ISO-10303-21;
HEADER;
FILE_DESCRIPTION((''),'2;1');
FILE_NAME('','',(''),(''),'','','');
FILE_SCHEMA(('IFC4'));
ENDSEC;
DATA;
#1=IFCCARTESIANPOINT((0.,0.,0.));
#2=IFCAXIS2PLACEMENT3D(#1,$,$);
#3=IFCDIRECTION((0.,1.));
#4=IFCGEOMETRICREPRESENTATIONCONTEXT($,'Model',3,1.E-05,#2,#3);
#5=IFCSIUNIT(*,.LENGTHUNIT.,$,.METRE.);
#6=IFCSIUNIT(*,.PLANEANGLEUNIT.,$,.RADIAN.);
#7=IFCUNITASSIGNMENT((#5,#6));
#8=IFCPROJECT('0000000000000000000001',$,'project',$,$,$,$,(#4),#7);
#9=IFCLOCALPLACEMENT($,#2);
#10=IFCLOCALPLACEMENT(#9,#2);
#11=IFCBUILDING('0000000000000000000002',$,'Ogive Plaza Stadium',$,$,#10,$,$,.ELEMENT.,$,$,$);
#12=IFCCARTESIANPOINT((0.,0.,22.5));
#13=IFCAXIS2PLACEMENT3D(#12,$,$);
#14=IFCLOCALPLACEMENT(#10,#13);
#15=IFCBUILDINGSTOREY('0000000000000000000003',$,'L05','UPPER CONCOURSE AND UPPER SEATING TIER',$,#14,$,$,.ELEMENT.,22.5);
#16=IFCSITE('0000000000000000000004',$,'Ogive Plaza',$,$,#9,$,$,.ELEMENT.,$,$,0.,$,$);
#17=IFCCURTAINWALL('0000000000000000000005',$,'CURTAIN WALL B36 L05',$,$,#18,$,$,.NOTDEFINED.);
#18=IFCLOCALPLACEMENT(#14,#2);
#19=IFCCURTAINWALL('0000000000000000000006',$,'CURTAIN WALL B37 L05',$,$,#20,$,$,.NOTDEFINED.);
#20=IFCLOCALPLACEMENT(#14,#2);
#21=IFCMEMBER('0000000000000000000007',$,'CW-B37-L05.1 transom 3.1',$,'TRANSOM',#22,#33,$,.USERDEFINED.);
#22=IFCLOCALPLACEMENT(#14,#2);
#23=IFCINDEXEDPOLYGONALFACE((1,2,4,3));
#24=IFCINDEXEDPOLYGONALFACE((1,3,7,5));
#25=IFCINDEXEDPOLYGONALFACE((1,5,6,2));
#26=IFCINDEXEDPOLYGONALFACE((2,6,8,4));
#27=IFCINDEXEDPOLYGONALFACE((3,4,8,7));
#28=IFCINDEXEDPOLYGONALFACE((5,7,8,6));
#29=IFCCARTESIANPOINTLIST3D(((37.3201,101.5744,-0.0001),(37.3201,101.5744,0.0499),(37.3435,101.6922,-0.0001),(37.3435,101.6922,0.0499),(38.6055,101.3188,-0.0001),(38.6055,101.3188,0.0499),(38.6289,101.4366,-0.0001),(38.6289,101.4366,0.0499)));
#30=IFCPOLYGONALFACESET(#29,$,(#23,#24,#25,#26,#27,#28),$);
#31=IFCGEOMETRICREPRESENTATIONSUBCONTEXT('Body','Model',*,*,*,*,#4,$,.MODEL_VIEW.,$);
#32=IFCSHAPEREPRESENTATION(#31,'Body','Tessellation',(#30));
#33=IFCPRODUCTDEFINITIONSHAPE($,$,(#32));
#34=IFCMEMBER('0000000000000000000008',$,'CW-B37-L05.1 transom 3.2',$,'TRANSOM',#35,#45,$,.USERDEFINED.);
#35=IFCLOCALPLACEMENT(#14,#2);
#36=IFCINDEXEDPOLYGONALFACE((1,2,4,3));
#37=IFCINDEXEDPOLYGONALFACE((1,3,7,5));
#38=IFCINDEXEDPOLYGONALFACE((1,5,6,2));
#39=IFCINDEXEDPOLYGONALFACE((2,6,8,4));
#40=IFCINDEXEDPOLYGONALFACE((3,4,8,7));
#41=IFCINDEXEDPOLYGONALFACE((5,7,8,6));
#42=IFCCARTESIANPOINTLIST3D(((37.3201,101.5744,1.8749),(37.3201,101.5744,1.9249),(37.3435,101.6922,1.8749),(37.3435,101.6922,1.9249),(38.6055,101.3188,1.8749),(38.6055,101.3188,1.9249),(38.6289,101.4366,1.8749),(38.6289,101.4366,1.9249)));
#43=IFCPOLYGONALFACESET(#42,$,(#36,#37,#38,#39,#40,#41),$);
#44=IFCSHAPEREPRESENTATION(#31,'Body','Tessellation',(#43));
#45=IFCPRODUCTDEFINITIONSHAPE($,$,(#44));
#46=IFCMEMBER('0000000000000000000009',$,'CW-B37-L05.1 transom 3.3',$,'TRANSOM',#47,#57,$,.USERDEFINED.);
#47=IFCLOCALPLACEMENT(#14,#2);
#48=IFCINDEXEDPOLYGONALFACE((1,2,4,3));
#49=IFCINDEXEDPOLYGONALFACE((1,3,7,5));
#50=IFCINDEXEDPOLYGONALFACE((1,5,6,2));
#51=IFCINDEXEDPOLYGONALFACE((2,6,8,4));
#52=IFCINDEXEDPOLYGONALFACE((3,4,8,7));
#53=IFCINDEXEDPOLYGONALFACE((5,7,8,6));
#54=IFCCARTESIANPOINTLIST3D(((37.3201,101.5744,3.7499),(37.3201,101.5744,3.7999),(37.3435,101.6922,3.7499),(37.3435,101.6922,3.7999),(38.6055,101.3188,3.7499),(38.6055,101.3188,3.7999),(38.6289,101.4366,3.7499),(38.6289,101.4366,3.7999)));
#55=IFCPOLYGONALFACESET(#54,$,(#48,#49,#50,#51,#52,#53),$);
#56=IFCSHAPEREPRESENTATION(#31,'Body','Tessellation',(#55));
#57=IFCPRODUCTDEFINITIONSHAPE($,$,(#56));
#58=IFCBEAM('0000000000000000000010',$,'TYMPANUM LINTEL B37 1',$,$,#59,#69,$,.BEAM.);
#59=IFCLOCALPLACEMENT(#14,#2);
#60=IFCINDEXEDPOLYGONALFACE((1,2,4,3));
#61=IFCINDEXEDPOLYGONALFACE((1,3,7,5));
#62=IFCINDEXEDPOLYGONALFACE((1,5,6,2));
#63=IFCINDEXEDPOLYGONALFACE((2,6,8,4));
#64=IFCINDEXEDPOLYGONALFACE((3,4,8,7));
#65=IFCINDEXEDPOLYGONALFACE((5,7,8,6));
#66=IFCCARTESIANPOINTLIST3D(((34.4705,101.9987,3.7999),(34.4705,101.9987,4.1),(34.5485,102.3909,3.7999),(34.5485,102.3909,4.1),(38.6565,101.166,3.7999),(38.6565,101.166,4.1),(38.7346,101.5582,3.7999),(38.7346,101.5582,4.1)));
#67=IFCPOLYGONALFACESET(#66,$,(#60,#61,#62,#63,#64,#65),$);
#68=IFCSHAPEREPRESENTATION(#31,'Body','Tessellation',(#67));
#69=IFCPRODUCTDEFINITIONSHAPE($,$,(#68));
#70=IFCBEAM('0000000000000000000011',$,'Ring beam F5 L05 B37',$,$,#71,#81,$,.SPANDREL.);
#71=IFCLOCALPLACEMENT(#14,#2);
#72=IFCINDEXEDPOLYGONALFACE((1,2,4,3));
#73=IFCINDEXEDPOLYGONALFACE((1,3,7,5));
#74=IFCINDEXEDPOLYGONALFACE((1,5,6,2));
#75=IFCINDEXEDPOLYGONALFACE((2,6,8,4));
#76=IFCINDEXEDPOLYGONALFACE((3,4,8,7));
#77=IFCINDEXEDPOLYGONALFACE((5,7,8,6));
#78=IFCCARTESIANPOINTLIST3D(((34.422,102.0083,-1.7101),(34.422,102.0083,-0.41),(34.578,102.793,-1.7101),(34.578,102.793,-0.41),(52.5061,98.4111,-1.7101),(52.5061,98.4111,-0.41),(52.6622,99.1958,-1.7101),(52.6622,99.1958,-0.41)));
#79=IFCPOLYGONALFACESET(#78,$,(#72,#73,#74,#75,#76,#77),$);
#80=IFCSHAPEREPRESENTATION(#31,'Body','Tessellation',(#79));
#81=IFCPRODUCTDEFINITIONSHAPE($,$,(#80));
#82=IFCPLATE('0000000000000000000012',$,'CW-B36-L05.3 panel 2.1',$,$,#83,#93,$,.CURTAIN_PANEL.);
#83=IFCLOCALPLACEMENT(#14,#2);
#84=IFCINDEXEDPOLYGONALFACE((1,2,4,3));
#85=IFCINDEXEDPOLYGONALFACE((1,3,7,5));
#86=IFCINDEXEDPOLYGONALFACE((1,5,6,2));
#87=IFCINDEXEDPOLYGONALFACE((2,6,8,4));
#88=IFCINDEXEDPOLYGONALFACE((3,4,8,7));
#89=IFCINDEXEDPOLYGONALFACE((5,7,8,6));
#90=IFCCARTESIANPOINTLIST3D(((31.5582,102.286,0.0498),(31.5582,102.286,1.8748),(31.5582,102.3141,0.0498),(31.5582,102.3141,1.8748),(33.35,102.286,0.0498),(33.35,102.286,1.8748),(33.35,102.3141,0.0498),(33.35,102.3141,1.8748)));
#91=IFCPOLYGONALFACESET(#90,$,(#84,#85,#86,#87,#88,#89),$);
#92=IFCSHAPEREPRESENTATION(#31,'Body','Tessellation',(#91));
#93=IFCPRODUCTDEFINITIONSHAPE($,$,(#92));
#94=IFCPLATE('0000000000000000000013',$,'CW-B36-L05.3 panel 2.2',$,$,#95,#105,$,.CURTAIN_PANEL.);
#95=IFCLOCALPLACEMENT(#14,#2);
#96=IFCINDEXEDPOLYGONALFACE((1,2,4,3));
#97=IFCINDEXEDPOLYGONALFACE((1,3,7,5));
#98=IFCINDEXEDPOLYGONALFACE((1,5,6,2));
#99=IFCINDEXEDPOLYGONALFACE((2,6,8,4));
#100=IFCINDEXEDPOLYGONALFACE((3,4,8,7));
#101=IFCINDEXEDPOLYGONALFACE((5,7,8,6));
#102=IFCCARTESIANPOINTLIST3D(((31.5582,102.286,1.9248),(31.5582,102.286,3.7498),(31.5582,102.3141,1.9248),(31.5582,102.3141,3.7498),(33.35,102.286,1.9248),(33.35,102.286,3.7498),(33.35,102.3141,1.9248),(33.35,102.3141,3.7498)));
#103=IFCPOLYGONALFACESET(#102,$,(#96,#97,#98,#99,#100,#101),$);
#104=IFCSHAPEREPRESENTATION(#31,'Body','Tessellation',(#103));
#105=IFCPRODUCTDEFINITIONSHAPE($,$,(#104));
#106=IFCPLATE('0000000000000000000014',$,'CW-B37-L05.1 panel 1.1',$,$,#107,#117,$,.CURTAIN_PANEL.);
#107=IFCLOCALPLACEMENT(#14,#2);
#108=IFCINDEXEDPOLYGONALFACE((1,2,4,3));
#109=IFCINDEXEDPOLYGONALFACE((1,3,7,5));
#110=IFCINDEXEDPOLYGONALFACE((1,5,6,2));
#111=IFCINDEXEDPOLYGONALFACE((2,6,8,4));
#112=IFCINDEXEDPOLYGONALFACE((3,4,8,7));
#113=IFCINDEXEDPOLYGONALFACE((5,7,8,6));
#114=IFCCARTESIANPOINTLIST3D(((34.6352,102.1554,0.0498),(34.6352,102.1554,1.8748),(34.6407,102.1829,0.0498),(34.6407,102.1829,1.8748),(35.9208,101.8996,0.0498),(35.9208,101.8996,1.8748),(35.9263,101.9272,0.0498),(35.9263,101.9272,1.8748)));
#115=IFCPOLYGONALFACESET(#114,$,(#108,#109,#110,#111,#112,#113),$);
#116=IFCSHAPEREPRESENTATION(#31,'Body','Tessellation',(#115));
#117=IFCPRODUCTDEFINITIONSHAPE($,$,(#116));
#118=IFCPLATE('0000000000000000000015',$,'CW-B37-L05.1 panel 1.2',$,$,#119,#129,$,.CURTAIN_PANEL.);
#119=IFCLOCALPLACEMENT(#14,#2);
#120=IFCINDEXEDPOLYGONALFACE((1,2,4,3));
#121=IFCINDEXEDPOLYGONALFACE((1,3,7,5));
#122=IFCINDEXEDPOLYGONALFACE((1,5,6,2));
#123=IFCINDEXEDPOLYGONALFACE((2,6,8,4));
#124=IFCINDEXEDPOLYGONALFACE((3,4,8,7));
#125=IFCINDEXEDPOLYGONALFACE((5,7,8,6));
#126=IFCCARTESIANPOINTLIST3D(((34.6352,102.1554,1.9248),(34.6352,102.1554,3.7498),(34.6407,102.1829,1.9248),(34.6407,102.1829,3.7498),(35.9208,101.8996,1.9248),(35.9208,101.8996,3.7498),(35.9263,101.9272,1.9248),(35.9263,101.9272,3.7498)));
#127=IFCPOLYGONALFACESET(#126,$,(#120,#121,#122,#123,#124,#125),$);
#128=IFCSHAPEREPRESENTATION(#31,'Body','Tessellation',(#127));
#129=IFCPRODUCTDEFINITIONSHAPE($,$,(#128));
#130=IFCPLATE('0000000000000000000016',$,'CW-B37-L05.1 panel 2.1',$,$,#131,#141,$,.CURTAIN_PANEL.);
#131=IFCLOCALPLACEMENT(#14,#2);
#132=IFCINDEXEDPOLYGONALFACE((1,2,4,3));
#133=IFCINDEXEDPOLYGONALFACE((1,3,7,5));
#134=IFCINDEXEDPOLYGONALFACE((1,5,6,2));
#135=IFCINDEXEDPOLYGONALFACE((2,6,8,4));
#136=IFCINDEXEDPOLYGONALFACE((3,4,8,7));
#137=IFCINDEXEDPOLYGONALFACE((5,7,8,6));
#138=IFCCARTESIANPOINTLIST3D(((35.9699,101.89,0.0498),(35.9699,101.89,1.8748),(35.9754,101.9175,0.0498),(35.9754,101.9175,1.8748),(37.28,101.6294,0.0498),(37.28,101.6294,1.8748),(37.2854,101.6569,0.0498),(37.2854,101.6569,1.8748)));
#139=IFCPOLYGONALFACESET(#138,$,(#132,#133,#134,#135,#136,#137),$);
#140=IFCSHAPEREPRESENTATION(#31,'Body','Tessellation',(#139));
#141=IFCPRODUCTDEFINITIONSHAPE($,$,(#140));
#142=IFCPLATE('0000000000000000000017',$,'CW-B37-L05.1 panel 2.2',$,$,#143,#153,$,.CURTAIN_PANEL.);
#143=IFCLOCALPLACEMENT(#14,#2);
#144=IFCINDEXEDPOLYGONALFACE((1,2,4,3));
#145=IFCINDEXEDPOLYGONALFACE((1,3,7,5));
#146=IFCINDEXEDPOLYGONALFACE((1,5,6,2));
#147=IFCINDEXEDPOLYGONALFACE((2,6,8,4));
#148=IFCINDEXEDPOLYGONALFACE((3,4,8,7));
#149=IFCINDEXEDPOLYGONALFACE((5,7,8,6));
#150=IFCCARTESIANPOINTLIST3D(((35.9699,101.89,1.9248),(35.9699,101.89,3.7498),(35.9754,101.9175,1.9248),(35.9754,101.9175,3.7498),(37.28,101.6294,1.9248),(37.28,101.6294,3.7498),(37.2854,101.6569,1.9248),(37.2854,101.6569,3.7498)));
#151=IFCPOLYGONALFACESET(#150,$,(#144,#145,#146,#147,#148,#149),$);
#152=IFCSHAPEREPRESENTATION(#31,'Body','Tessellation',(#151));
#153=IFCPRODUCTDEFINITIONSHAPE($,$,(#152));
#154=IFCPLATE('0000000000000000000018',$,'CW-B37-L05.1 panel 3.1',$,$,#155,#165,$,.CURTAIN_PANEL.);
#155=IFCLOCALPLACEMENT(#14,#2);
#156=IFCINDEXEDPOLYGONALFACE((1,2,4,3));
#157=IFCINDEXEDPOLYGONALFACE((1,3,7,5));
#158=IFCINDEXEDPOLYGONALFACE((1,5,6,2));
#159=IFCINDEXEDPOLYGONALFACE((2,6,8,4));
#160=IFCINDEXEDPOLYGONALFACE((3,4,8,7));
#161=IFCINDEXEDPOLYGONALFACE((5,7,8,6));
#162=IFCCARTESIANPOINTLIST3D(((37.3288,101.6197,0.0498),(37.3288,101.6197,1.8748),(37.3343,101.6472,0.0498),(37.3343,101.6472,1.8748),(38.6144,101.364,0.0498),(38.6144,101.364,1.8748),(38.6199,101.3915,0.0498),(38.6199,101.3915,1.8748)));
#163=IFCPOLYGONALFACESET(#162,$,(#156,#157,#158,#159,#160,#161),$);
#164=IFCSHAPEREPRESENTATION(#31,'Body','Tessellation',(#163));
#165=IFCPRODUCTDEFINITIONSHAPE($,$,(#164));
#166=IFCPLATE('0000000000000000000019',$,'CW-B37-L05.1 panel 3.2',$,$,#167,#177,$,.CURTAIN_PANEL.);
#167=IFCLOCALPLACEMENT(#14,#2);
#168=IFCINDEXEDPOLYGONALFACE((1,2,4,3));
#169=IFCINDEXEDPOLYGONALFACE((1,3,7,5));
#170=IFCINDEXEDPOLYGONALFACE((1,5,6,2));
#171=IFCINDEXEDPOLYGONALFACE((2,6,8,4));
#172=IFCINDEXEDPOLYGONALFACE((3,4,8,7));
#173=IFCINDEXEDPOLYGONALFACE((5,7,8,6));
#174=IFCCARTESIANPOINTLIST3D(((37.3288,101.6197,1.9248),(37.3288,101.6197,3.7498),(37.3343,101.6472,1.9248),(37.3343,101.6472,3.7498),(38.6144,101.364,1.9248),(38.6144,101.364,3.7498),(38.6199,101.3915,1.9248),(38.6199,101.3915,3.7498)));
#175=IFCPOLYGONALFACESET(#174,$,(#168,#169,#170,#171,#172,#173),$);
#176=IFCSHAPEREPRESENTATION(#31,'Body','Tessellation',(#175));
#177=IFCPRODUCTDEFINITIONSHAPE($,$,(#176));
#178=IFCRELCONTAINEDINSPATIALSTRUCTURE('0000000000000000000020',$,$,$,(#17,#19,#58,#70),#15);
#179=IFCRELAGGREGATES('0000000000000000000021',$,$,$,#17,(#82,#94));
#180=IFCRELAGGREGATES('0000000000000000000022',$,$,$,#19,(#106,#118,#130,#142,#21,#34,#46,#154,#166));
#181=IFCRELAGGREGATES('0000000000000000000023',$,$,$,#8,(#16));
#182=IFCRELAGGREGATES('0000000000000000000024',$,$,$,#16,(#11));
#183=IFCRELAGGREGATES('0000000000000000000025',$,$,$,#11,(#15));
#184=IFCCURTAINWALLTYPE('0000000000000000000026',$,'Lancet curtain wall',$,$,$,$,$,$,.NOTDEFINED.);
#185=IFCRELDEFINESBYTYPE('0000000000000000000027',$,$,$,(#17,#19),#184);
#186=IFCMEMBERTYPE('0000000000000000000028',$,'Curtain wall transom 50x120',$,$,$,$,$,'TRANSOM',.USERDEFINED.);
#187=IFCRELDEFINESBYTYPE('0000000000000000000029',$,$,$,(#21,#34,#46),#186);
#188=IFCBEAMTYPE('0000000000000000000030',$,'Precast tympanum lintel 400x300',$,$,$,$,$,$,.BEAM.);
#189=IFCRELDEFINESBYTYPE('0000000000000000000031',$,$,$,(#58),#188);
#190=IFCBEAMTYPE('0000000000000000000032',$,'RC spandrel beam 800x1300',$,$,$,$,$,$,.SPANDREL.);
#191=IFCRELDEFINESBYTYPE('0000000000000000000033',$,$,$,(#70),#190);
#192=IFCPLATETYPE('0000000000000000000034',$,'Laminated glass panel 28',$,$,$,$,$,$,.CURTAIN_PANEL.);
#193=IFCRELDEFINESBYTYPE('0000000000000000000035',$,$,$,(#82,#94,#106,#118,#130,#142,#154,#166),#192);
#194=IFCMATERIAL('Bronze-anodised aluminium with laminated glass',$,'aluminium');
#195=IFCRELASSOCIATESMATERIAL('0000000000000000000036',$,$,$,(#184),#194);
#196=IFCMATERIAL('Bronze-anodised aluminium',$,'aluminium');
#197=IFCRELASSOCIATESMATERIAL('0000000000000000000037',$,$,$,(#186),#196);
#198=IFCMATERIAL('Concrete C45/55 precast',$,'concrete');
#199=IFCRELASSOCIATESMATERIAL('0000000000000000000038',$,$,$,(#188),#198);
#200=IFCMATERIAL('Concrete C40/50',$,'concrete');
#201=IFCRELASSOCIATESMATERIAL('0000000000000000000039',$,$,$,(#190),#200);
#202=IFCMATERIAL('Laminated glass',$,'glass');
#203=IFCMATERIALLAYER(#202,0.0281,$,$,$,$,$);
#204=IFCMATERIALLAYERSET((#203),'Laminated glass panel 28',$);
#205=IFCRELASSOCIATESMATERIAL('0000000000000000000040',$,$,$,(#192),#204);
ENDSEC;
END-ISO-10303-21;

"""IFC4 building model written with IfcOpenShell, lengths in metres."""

from ifc_helpers import new_model, si_unit, direction, frame, origin, origin_2d, place, context, subcontext, project, spatial, rectangle, extrude, material, layer, layer_set, material_profile, profile_set, type_object, element, aggregate, save


model = new_model("IFC4")

# Units and contexts
model_context = context("Model", 3, precision=1e-05, world=origin(), true_north=direction((0.0, 1.0)))
body_context = subcontext(model_context, "Body", "Model", "MODEL_VIEW")
ifc_project = project(units=[si_unit("LENGTHUNIT", "METRE"), si_unit("PLANEANGLEUNIT", "RADIAN")], contexts=[model_context])

# Site, building, storey
site_placement = place(None, origin())
site = spatial("IfcSite", under=ifc_project, at=site_placement, Name="Ogive Plaza", CompositionType="ELEMENT", RefElevation=0.0)
building_placement = place(site_placement, origin())
building = spatial("IfcBuilding", under=site, at=building_placement, Name="Ogive Plaza Stadium", CompositionType="ELEMENT")
storey_placement = place(building_placement, frame((0.0, 0.0, 22.5)))
storey = spatial("IfcBuildingStorey", under=building, at=storey_placement, Name="L05", Description="UPPER CONCOURSE AND UPPER SEATING TIER", CompositionType="ELEMENT", Elevation=22.5)

# Curtain wall
ifc_material_1 = material(Name="Bronze-anodised aluminium with laminated glass", Category="aluminium")
curtain_wall_type = type_object("IfcCurtainWallType", Name="Lancet curtain wall", PredefinedType="NOTDEFINED", material=ifc_material_1)
curtain_wall_1_placement = place(storey_placement, origin())
curtain_wall_1 = element("IfcCurtainWall", 1, at=curtain_wall_1_placement, inside=storey, type_object=curtain_wall_type, Name="CURTAIN WALL B36 L05", PredefinedType="NOTDEFINED")

# Curtain wall
curtain_wall_2_placement = place(storey_placement, origin())
curtain_wall_2 = element("IfcCurtainWall", 2, at=curtain_wall_2_placement, inside=storey, type_object=curtain_wall_type, Name="CURTAIN WALL B37 L05", PredefinedType="NOTDEFINED")

# Members
ifc_material_2 = material(Name="Bronze-anodised aluminium", Category="aluminium")
ifc_material_profile_1 = material_profile(ifc_material_2, rectangle(XDim=0.1201, YDim=0.05, at=origin_2d()), Name="AL 120x50")
ifc_profile_set_1 = profile_set([ifc_material_profile_1], Name="Bronze-anodised aluminium")
member_type_1 = type_object("IfcMemberType", Name="Curtain wall transom 50x120", ElementType="TRANSOM", PredefinedType="USERDEFINED", material=ifc_profile_set_1)
member_1_placement = place(storey_placement, frame((37.3318, 101.6333, 0.0249), z_axis=(0.980795, -0.195041, 0.0), x_axis=(0.195041, 0.980795, 0.0)))
member_1 = element("IfcMember", 3, at=member_1_placement, type_object=member_type_1, Name="CW-B37-L05.1 transom 3.1", ObjectType="TRANSOM", PredefinedType="USERDEFINED", context=body_context, shape_type="SweptSolid", body=[
    extrude(rectangle(XDim=0.1201, YDim=0.05, at=origin_2d()), origin(), (0.0, 0.0, 1.0), 1.3105),
])
member_2_placement = place(storey_placement, frame((37.3318, 101.6333, 1.8999), z_axis=(0.980795, -0.195041, 0.0), x_axis=(0.195041, 0.980795, 0.0)))
member_2 = element("IfcMember", 4, at=member_2_placement, type_object=member_type_1, Name="CW-B37-L05.1 transom 3.2", ObjectType="TRANSOM", PredefinedType="USERDEFINED", context=body_context, shape_type="SweptSolid", body=[
    extrude(rectangle(XDim=0.1201, YDim=0.05, at=origin_2d()), origin(), (0.0, 0.0, 1.0), 1.3105),
])
member_3_placement = place(storey_placement, frame((37.3318, 101.6333, 3.7749), z_axis=(0.980795, -0.195041, 0.0), x_axis=(0.195041, 0.980795, 0.0)))
member_3 = element("IfcMember", 5, at=member_3_placement, type_object=member_type_1, Name="CW-B37-L05.1 transom 3.3", ObjectType="TRANSOM", PredefinedType="USERDEFINED", context=body_context, shape_type="SweptSolid", body=[
    extrude(rectangle(XDim=0.1201, YDim=0.05, at=origin_2d()), origin(), (0.0, 0.0, 1.0), 1.3105),
])

# Beams
ifc_material_3 = material(Name="Concrete C45/55 precast", Category="concrete")
ifc_material_profile_2 = material_profile(ifc_material_3, rectangle(XDim=0.3999, YDim=0.3, at=origin_2d()), Name="RC 400x300")
ifc_profile_set_2 = profile_set([ifc_material_profile_2], Name="Concrete C45/55 precast")
beam_type_1 = type_object("IfcBeamType", Name="Precast tympanum lintel 400x300", PredefinedType="BEAM", material=ifc_profile_set_2)
beam_1_placement = place(storey_placement, frame((34.5095, 102.1948, 3.95), z_axis=(0.98078, -0.195115, 0.0), x_axis=(0.195115, 0.98078, 0.0)))
element("IfcBeam", 6, at=beam_1_placement, inside=storey, type_object=beam_type_1, Name="TYMPANUM LINTEL B37 1", PredefinedType="BEAM", context=body_context, shape_type="SweptSolid", body=[
    extrude(rectangle(XDim=0.3999, YDim=0.3, at=origin_2d()), origin(), (0.0, 0.0, 1.0), 4.2681),
])
ifc_material_4 = material(Name="Concrete C40/50", Category="concrete")
ifc_material_profile_3 = material_profile(ifc_material_4, rectangle(XDim=0.8, YDim=1.3, at=origin_2d()), Name="RC 800x1300")
ifc_profile_set_3 = profile_set([ifc_material_profile_3], Name="Concrete C40/50")
beam_type_2 = type_object("IfcBeamType", Name="RC spandrel beam 800x1300", PredefinedType="SPANDREL", material=ifc_profile_set_3)
beam_2_placement = place(storey_placement, frame((34.5, 102.4006, -1.0601), z_axis=(0.980785, -0.19509, 0.0), x_axis=(0.19509, 0.980785, 0.0)))
element("IfcBeam", 7, at=beam_2_placement, inside=storey, type_object=beam_type_2, Name="Ring beam F5 L05 B37", PredefinedType="SPANDREL", context=body_context, shape_type="SweptSolid", body=[
    extrude(rectangle(XDim=0.8, YDim=1.3, at=origin_2d()), origin(), (0.0, 0.0, 1.0), 18.4385),
])

# Plates
ifc_material_5 = material(Name="Laminated glass", Category="glass")
ifc_layer_1 = layer(ifc_material_5, 0.0281)
ifc_layer_set_1 = layer_set([ifc_layer_1], Name="Laminated glass panel 28")
plate_type = type_object("IfcPlateType", Name="Laminated glass panel 28", PredefinedType="CURTAIN_PANEL", material=ifc_layer_set_1)
plate_1_placement = place(storey_placement, frame((32.4541, 102.3, 0.0498), z_axis=(0.0, 0.0, 1.0), x_axis=(1.0, 0.0, 0.0)))
plate_1 = element("IfcPlate", 8, at=plate_1_placement, type_object=plate_type, Name="CW-B36-L05.3 panel 2.1", PredefinedType="CURTAIN_PANEL", context=body_context, shape_type="SweptSolid", body=[
    extrude(rectangle(XDim=1.7917, YDim=0.0281, at=origin_2d()), origin(), (0.0, 0.0, 1.0), 1.825),
])
plate_2_placement = place(storey_placement, frame((32.4541, 102.3, 1.9248), z_axis=(0.0, 0.0, 1.0), x_axis=(1.0, 0.0, 0.0)))
plate_2 = element("IfcPlate", 9, at=plate_2_placement, type_object=plate_type, Name="CW-B36-L05.3 panel 2.2", PredefinedType="CURTAIN_PANEL", context=body_context, shape_type="SweptSolid", body=[
    extrude(rectangle(XDim=1.7917, YDim=0.0281, at=origin_2d()), origin(), (0.0, 0.0, 1.0), 1.825),
])
aggregate(curtain_wall_1, [plate_1, plate_2])
plate_3_placement = place(storey_placement, frame((35.2808, 102.0413, 0.0498), z_axis=(0.0, 0.0, 1.0), x_axis=(0.980785, -0.19509, 0.0)))
plate_3 = element("IfcPlate", 10, at=plate_3_placement, type_object=plate_type, Name="CW-B37-L05.1 panel 1.1", PredefinedType="CURTAIN_PANEL", context=body_context, shape_type="SweptSolid", body=[
    extrude(rectangle(XDim=1.3108, YDim=0.0281, at=origin_2d()), origin(), (0.0, 0.0, 1.0), 1.825),
])
plate_4_placement = place(storey_placement, frame((35.2808, 102.0413, 1.9248), z_axis=(0.0, 0.0, 1.0), x_axis=(0.980785, -0.19509, 0.0)))
plate_4 = element("IfcPlate", 11, at=plate_4_placement, type_object=plate_type, Name="CW-B37-L05.1 panel 1.2", PredefinedType="CURTAIN_PANEL", context=body_context, shape_type="SweptSolid", body=[
    extrude(rectangle(XDim=1.3108, YDim=0.0281, at=origin_2d()), origin(), (0.0, 0.0, 1.0), 1.825),
])
plate_5_placement = place(storey_placement, frame((36.6277, 101.7734, 0.0498), z_axis=(0.0, 0.0, 1.0), x_axis=(0.980785, -0.19509, 0.0)))
plate_5 = element("IfcPlate", 12, at=plate_5_placement, type_object=plate_type, Name="CW-B37-L05.1 panel 2.1", PredefinedType="CURTAIN_PANEL", context=body_context, shape_type="SweptSolid", body=[
    extrude(rectangle(XDim=1.3357, YDim=0.0281, at=origin_2d()), origin(), (0.0, 0.0, 1.0), 1.825),
])
plate_6_placement = place(storey_placement, frame((36.6277, 101.7734, 1.9248), z_axis=(0.0, 0.0, 1.0), x_axis=(0.980785, -0.19509, 0.0)))
plate_6 = element("IfcPlate", 13, at=plate_6_placement, type_object=plate_type, Name="CW-B37-L05.1 panel 2.2", PredefinedType="CURTAIN_PANEL", context=body_context, shape_type="SweptSolid", body=[
    extrude(rectangle(XDim=1.3357, YDim=0.0281, at=origin_2d()), origin(), (0.0, 0.0, 1.0), 1.825),
])
plate_7_placement = place(storey_placement, frame((37.9744, 101.5056, 0.0498), z_axis=(0.0, 0.0, 1.0), x_axis=(0.980785, -0.19509, 0.0)))
plate_7 = element("IfcPlate", 14, at=plate_7_placement, type_object=plate_type, Name="CW-B37-L05.1 panel 3.1", PredefinedType="CURTAIN_PANEL", context=body_context, shape_type="SweptSolid", body=[
    extrude(rectangle(XDim=1.3108, YDim=0.0281, at=origin_2d()), origin(), (0.0, 0.0, 1.0), 1.825),
])
plate_8_placement = place(storey_placement, frame((37.9744, 101.5056, 1.9248), z_axis=(0.0, 0.0, 1.0), x_axis=(0.980785, -0.19509, 0.0)))
plate_8 = element("IfcPlate", 15, at=plate_8_placement, type_object=plate_type, Name="CW-B37-L05.1 panel 3.2", PredefinedType="CURTAIN_PANEL", context=body_context, shape_type="SweptSolid", body=[
    extrude(rectangle(XDim=1.3108, YDim=0.0281, at=origin_2d()), origin(), (0.0, 0.0, 1.0), 1.825),
])
aggregate(curtain_wall_2, [plate_3, plate_4, plate_5, plate_6, member_1, member_2, member_3, plate_7, plate_8])

save(model, "model.ifc")
